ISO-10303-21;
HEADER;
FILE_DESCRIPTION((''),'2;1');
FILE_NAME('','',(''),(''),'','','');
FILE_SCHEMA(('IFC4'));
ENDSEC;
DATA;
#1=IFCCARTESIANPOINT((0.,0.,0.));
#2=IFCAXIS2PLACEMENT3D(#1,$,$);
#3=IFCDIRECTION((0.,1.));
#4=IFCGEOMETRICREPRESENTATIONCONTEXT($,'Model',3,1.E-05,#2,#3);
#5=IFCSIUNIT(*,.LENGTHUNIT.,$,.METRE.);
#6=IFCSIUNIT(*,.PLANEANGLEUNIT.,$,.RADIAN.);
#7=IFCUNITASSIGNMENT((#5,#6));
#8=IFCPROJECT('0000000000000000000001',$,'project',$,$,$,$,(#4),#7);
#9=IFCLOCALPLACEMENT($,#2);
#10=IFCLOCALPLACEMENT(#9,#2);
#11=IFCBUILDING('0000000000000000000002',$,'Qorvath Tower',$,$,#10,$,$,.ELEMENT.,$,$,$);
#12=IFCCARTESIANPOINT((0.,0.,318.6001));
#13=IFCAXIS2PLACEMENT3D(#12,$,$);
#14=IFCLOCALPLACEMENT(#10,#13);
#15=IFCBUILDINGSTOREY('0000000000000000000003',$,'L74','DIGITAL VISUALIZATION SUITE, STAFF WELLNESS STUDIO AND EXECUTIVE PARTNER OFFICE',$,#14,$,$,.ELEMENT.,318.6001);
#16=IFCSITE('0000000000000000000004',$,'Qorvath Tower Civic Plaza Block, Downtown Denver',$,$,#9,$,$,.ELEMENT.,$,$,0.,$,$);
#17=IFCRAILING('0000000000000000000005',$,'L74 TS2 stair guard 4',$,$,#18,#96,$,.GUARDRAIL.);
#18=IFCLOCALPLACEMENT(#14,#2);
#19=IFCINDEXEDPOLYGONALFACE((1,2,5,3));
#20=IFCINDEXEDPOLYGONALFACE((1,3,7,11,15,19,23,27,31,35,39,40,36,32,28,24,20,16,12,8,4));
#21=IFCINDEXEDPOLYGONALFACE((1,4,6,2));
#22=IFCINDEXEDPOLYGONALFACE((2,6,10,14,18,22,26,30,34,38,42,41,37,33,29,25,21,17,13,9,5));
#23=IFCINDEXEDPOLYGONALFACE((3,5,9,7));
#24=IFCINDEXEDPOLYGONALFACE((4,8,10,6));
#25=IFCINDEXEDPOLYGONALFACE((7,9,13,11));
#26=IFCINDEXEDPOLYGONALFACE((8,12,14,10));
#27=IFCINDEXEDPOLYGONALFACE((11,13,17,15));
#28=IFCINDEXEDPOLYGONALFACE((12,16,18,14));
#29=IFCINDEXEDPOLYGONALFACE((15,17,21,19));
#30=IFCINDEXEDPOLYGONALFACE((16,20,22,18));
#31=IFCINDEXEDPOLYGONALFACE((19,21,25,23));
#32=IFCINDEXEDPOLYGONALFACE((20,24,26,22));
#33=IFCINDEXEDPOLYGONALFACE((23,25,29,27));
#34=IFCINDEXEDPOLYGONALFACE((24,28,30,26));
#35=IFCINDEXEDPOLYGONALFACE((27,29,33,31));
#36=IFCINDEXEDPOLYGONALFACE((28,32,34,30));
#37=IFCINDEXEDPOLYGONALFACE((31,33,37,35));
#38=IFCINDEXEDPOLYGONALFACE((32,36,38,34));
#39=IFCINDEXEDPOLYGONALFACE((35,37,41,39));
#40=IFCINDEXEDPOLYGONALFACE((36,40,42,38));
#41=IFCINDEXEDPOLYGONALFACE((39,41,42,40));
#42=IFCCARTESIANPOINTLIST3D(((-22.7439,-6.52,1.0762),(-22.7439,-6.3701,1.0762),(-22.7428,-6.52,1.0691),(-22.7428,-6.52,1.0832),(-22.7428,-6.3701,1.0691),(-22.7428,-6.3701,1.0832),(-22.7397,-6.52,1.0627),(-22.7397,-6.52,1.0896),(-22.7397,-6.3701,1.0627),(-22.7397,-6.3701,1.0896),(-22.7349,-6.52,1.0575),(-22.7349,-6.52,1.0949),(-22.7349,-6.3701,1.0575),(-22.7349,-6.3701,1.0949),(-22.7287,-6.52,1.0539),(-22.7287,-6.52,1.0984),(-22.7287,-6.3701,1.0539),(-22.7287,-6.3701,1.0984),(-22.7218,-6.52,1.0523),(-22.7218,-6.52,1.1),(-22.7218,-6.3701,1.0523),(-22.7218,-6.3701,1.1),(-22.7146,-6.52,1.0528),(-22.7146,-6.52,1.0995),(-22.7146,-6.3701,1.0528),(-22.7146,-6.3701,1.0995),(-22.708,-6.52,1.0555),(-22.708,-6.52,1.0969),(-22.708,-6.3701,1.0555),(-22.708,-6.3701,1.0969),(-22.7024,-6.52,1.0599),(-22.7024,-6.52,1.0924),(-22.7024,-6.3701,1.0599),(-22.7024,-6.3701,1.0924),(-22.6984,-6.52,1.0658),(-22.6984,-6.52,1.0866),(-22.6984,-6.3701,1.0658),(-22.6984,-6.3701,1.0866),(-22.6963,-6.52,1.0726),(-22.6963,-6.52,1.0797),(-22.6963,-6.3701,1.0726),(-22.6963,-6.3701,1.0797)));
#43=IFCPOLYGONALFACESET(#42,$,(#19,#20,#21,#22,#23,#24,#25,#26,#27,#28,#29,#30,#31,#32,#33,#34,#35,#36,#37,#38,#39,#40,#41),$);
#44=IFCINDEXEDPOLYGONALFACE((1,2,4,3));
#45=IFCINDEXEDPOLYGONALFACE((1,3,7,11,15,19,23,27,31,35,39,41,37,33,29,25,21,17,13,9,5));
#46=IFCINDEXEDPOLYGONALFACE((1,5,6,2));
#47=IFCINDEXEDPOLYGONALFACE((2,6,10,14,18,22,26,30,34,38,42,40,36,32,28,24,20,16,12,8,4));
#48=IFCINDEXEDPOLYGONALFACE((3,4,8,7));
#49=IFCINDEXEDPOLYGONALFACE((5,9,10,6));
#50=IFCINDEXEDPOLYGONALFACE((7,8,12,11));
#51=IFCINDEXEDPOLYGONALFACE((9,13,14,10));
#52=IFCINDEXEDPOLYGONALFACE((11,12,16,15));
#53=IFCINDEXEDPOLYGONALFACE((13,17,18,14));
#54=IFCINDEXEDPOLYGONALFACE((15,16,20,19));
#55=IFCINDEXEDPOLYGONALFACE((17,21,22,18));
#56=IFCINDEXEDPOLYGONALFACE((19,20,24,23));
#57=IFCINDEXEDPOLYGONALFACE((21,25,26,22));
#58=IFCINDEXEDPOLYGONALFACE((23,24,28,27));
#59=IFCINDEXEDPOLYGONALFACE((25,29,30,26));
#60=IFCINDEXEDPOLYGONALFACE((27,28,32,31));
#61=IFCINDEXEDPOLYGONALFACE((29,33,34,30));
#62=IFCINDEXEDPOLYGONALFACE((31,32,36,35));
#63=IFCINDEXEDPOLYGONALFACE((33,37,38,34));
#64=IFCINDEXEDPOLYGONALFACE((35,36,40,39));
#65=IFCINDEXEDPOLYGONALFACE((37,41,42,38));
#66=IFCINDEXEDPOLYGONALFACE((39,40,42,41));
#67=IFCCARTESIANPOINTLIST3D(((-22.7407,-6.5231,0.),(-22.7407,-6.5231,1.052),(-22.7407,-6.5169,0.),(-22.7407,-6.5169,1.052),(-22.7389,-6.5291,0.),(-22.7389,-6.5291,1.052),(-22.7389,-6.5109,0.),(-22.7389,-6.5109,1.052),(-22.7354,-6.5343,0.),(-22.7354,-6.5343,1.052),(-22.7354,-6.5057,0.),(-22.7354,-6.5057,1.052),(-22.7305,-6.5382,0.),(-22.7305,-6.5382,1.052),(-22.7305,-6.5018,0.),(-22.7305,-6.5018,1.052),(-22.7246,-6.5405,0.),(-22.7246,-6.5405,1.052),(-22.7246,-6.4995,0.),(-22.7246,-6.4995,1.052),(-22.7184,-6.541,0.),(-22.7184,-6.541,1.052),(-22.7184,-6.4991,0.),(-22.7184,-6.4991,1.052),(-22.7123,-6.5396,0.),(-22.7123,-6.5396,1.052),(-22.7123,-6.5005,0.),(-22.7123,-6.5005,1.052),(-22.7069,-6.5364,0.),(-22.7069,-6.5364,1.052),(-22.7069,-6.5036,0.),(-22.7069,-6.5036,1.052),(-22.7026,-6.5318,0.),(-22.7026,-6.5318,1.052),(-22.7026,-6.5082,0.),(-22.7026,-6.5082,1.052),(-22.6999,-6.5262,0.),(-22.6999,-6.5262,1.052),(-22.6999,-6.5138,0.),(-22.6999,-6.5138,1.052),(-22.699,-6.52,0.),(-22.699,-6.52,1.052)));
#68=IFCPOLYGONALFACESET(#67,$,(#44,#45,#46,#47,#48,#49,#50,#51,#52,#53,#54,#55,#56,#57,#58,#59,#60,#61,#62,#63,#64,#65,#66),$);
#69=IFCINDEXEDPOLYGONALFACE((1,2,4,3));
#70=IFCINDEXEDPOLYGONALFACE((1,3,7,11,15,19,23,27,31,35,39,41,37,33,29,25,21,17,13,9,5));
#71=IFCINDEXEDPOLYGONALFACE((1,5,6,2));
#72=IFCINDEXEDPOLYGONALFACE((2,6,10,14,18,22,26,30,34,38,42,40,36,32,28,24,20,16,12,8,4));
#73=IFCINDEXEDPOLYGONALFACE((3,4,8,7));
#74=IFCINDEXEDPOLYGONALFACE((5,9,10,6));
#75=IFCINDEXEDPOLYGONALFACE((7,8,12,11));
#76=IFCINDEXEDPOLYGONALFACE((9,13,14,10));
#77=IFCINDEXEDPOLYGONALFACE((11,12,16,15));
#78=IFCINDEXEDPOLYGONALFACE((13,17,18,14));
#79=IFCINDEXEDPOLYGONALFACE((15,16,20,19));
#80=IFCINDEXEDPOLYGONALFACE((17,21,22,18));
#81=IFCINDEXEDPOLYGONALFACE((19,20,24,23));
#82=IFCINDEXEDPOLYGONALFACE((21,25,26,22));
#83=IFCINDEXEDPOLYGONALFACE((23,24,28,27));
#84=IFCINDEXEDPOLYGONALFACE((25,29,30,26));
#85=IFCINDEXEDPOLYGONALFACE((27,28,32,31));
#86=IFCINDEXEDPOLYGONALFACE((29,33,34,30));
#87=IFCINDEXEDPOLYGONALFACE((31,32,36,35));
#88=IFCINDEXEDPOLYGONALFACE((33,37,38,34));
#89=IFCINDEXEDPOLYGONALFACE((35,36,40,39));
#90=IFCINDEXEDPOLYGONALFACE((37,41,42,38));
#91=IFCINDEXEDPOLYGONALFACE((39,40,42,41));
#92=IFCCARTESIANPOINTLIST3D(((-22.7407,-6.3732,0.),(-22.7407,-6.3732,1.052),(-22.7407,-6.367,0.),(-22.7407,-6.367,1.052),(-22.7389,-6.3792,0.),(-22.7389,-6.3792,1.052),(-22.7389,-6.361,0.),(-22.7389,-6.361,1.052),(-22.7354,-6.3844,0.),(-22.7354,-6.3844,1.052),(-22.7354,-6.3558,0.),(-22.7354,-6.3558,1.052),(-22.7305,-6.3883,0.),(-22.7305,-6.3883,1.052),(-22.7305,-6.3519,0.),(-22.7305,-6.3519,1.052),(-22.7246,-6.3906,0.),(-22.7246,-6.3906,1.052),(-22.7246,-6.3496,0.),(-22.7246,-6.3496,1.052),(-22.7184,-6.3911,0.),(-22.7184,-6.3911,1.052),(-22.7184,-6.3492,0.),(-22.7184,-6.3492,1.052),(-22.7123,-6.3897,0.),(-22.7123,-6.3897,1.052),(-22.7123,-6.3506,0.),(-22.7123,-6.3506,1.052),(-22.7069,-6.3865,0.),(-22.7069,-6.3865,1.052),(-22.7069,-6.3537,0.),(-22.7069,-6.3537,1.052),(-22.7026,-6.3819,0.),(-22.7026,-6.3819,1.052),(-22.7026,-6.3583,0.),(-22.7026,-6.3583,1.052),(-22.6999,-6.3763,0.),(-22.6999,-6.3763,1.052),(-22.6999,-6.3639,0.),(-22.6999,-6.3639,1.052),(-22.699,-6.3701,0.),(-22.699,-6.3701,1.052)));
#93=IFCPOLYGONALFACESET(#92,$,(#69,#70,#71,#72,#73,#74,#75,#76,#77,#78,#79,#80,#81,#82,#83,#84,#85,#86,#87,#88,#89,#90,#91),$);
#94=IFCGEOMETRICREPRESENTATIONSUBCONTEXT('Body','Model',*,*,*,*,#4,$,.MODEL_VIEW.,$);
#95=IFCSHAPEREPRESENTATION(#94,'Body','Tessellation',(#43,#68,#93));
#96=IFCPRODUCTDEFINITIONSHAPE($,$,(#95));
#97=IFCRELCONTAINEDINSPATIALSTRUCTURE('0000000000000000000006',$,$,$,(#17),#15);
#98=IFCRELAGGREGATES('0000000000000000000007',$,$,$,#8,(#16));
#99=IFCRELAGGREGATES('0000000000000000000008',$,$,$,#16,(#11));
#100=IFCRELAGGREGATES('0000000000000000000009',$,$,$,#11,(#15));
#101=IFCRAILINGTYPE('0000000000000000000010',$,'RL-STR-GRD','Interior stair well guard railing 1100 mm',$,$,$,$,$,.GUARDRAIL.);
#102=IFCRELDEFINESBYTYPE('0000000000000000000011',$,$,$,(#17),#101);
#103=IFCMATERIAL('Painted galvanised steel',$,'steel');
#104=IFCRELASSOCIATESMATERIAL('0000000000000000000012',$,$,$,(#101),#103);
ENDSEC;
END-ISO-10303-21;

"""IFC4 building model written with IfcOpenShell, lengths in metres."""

from ifc_helpers import new_model, si_unit, direction, frame, origin, origin_2d, place, context, subcontext, project, spatial, circle, extrude, material, type_object, element, save


model = new_model("IFC4")

# Units and contexts
model_context = context("Model", 3, precision=1e-05, world=origin(), true_north=direction((0.0, 1.0)))
body_context = subcontext(model_context, "Body", "Model", "MODEL_VIEW")
ifc_project = project(units=[si_unit("LENGTHUNIT", "METRE"), si_unit("PLANEANGLEUNIT", "RADIAN")], contexts=[model_context])

# Site, building, storey
site_placement = place(None, origin())
site = spatial("IfcSite", under=ifc_project, at=site_placement, Name="Qorvath Tower Civic Plaza Block, Downtown Denver", CompositionType="ELEMENT", RefElevation=0.0)
building_placement = place(site_placement, origin())
building = spatial("IfcBuilding", under=site, at=building_placement, Name="Qorvath Tower", CompositionType="ELEMENT")
storey_placement = place(building_placement, frame((0.0, 0.0, 318.6001)))
storey = spatial("IfcBuildingStorey", under=building, at=storey_placement, Name="L74", Description="DIGITAL VISUALIZATION SUITE, STAFF WELLNESS STUDIO AND EXECUTIVE PARTNER OFFICE", CompositionType="ELEMENT", Elevation=318.6001)

# Railing
ifc_material_1 = material(Name="Painted galvanised steel", Category="steel")
railing_type_1 = type_object("IfcRailingType", Name="RL-STR-GRD", Description="Interior stair well guard railing 1100 mm", PredefinedType="GUARDRAIL", material=ifc_material_1)
railing_1_placement = place(storey_placement, frame((-22.72, -6.52, 0.0)))
element("IfcRailing", 1, at=railing_1_placement, inside=storey, type_object=railing_type_1, Name="L74 TS2 stair guard 4", PredefinedType="GUARDRAIL", context=body_context, shape_type="SweptSolid", body=[
    extrude(circle(Radius=0.0239, at=origin_2d()), frame((0.0, 0.0, 1.0762), z_axis=(0.0, 1.0, 0.0), x_axis=(-1.0, 0.0, 0.0)), (0.0, 0.0, 1.0), 0.1499),
    extrude(circle(Radius=0.021, at=origin_2d()), origin(), (0.0, 0.0, 1.0), 1.052),
    extrude(circle(Radius=0.021, at=origin_2d()), frame((0.0, 0.1499, 0.0)), (0.0, 0.0, 1.0), 1.052),
])

save(model, "model.ifc")
